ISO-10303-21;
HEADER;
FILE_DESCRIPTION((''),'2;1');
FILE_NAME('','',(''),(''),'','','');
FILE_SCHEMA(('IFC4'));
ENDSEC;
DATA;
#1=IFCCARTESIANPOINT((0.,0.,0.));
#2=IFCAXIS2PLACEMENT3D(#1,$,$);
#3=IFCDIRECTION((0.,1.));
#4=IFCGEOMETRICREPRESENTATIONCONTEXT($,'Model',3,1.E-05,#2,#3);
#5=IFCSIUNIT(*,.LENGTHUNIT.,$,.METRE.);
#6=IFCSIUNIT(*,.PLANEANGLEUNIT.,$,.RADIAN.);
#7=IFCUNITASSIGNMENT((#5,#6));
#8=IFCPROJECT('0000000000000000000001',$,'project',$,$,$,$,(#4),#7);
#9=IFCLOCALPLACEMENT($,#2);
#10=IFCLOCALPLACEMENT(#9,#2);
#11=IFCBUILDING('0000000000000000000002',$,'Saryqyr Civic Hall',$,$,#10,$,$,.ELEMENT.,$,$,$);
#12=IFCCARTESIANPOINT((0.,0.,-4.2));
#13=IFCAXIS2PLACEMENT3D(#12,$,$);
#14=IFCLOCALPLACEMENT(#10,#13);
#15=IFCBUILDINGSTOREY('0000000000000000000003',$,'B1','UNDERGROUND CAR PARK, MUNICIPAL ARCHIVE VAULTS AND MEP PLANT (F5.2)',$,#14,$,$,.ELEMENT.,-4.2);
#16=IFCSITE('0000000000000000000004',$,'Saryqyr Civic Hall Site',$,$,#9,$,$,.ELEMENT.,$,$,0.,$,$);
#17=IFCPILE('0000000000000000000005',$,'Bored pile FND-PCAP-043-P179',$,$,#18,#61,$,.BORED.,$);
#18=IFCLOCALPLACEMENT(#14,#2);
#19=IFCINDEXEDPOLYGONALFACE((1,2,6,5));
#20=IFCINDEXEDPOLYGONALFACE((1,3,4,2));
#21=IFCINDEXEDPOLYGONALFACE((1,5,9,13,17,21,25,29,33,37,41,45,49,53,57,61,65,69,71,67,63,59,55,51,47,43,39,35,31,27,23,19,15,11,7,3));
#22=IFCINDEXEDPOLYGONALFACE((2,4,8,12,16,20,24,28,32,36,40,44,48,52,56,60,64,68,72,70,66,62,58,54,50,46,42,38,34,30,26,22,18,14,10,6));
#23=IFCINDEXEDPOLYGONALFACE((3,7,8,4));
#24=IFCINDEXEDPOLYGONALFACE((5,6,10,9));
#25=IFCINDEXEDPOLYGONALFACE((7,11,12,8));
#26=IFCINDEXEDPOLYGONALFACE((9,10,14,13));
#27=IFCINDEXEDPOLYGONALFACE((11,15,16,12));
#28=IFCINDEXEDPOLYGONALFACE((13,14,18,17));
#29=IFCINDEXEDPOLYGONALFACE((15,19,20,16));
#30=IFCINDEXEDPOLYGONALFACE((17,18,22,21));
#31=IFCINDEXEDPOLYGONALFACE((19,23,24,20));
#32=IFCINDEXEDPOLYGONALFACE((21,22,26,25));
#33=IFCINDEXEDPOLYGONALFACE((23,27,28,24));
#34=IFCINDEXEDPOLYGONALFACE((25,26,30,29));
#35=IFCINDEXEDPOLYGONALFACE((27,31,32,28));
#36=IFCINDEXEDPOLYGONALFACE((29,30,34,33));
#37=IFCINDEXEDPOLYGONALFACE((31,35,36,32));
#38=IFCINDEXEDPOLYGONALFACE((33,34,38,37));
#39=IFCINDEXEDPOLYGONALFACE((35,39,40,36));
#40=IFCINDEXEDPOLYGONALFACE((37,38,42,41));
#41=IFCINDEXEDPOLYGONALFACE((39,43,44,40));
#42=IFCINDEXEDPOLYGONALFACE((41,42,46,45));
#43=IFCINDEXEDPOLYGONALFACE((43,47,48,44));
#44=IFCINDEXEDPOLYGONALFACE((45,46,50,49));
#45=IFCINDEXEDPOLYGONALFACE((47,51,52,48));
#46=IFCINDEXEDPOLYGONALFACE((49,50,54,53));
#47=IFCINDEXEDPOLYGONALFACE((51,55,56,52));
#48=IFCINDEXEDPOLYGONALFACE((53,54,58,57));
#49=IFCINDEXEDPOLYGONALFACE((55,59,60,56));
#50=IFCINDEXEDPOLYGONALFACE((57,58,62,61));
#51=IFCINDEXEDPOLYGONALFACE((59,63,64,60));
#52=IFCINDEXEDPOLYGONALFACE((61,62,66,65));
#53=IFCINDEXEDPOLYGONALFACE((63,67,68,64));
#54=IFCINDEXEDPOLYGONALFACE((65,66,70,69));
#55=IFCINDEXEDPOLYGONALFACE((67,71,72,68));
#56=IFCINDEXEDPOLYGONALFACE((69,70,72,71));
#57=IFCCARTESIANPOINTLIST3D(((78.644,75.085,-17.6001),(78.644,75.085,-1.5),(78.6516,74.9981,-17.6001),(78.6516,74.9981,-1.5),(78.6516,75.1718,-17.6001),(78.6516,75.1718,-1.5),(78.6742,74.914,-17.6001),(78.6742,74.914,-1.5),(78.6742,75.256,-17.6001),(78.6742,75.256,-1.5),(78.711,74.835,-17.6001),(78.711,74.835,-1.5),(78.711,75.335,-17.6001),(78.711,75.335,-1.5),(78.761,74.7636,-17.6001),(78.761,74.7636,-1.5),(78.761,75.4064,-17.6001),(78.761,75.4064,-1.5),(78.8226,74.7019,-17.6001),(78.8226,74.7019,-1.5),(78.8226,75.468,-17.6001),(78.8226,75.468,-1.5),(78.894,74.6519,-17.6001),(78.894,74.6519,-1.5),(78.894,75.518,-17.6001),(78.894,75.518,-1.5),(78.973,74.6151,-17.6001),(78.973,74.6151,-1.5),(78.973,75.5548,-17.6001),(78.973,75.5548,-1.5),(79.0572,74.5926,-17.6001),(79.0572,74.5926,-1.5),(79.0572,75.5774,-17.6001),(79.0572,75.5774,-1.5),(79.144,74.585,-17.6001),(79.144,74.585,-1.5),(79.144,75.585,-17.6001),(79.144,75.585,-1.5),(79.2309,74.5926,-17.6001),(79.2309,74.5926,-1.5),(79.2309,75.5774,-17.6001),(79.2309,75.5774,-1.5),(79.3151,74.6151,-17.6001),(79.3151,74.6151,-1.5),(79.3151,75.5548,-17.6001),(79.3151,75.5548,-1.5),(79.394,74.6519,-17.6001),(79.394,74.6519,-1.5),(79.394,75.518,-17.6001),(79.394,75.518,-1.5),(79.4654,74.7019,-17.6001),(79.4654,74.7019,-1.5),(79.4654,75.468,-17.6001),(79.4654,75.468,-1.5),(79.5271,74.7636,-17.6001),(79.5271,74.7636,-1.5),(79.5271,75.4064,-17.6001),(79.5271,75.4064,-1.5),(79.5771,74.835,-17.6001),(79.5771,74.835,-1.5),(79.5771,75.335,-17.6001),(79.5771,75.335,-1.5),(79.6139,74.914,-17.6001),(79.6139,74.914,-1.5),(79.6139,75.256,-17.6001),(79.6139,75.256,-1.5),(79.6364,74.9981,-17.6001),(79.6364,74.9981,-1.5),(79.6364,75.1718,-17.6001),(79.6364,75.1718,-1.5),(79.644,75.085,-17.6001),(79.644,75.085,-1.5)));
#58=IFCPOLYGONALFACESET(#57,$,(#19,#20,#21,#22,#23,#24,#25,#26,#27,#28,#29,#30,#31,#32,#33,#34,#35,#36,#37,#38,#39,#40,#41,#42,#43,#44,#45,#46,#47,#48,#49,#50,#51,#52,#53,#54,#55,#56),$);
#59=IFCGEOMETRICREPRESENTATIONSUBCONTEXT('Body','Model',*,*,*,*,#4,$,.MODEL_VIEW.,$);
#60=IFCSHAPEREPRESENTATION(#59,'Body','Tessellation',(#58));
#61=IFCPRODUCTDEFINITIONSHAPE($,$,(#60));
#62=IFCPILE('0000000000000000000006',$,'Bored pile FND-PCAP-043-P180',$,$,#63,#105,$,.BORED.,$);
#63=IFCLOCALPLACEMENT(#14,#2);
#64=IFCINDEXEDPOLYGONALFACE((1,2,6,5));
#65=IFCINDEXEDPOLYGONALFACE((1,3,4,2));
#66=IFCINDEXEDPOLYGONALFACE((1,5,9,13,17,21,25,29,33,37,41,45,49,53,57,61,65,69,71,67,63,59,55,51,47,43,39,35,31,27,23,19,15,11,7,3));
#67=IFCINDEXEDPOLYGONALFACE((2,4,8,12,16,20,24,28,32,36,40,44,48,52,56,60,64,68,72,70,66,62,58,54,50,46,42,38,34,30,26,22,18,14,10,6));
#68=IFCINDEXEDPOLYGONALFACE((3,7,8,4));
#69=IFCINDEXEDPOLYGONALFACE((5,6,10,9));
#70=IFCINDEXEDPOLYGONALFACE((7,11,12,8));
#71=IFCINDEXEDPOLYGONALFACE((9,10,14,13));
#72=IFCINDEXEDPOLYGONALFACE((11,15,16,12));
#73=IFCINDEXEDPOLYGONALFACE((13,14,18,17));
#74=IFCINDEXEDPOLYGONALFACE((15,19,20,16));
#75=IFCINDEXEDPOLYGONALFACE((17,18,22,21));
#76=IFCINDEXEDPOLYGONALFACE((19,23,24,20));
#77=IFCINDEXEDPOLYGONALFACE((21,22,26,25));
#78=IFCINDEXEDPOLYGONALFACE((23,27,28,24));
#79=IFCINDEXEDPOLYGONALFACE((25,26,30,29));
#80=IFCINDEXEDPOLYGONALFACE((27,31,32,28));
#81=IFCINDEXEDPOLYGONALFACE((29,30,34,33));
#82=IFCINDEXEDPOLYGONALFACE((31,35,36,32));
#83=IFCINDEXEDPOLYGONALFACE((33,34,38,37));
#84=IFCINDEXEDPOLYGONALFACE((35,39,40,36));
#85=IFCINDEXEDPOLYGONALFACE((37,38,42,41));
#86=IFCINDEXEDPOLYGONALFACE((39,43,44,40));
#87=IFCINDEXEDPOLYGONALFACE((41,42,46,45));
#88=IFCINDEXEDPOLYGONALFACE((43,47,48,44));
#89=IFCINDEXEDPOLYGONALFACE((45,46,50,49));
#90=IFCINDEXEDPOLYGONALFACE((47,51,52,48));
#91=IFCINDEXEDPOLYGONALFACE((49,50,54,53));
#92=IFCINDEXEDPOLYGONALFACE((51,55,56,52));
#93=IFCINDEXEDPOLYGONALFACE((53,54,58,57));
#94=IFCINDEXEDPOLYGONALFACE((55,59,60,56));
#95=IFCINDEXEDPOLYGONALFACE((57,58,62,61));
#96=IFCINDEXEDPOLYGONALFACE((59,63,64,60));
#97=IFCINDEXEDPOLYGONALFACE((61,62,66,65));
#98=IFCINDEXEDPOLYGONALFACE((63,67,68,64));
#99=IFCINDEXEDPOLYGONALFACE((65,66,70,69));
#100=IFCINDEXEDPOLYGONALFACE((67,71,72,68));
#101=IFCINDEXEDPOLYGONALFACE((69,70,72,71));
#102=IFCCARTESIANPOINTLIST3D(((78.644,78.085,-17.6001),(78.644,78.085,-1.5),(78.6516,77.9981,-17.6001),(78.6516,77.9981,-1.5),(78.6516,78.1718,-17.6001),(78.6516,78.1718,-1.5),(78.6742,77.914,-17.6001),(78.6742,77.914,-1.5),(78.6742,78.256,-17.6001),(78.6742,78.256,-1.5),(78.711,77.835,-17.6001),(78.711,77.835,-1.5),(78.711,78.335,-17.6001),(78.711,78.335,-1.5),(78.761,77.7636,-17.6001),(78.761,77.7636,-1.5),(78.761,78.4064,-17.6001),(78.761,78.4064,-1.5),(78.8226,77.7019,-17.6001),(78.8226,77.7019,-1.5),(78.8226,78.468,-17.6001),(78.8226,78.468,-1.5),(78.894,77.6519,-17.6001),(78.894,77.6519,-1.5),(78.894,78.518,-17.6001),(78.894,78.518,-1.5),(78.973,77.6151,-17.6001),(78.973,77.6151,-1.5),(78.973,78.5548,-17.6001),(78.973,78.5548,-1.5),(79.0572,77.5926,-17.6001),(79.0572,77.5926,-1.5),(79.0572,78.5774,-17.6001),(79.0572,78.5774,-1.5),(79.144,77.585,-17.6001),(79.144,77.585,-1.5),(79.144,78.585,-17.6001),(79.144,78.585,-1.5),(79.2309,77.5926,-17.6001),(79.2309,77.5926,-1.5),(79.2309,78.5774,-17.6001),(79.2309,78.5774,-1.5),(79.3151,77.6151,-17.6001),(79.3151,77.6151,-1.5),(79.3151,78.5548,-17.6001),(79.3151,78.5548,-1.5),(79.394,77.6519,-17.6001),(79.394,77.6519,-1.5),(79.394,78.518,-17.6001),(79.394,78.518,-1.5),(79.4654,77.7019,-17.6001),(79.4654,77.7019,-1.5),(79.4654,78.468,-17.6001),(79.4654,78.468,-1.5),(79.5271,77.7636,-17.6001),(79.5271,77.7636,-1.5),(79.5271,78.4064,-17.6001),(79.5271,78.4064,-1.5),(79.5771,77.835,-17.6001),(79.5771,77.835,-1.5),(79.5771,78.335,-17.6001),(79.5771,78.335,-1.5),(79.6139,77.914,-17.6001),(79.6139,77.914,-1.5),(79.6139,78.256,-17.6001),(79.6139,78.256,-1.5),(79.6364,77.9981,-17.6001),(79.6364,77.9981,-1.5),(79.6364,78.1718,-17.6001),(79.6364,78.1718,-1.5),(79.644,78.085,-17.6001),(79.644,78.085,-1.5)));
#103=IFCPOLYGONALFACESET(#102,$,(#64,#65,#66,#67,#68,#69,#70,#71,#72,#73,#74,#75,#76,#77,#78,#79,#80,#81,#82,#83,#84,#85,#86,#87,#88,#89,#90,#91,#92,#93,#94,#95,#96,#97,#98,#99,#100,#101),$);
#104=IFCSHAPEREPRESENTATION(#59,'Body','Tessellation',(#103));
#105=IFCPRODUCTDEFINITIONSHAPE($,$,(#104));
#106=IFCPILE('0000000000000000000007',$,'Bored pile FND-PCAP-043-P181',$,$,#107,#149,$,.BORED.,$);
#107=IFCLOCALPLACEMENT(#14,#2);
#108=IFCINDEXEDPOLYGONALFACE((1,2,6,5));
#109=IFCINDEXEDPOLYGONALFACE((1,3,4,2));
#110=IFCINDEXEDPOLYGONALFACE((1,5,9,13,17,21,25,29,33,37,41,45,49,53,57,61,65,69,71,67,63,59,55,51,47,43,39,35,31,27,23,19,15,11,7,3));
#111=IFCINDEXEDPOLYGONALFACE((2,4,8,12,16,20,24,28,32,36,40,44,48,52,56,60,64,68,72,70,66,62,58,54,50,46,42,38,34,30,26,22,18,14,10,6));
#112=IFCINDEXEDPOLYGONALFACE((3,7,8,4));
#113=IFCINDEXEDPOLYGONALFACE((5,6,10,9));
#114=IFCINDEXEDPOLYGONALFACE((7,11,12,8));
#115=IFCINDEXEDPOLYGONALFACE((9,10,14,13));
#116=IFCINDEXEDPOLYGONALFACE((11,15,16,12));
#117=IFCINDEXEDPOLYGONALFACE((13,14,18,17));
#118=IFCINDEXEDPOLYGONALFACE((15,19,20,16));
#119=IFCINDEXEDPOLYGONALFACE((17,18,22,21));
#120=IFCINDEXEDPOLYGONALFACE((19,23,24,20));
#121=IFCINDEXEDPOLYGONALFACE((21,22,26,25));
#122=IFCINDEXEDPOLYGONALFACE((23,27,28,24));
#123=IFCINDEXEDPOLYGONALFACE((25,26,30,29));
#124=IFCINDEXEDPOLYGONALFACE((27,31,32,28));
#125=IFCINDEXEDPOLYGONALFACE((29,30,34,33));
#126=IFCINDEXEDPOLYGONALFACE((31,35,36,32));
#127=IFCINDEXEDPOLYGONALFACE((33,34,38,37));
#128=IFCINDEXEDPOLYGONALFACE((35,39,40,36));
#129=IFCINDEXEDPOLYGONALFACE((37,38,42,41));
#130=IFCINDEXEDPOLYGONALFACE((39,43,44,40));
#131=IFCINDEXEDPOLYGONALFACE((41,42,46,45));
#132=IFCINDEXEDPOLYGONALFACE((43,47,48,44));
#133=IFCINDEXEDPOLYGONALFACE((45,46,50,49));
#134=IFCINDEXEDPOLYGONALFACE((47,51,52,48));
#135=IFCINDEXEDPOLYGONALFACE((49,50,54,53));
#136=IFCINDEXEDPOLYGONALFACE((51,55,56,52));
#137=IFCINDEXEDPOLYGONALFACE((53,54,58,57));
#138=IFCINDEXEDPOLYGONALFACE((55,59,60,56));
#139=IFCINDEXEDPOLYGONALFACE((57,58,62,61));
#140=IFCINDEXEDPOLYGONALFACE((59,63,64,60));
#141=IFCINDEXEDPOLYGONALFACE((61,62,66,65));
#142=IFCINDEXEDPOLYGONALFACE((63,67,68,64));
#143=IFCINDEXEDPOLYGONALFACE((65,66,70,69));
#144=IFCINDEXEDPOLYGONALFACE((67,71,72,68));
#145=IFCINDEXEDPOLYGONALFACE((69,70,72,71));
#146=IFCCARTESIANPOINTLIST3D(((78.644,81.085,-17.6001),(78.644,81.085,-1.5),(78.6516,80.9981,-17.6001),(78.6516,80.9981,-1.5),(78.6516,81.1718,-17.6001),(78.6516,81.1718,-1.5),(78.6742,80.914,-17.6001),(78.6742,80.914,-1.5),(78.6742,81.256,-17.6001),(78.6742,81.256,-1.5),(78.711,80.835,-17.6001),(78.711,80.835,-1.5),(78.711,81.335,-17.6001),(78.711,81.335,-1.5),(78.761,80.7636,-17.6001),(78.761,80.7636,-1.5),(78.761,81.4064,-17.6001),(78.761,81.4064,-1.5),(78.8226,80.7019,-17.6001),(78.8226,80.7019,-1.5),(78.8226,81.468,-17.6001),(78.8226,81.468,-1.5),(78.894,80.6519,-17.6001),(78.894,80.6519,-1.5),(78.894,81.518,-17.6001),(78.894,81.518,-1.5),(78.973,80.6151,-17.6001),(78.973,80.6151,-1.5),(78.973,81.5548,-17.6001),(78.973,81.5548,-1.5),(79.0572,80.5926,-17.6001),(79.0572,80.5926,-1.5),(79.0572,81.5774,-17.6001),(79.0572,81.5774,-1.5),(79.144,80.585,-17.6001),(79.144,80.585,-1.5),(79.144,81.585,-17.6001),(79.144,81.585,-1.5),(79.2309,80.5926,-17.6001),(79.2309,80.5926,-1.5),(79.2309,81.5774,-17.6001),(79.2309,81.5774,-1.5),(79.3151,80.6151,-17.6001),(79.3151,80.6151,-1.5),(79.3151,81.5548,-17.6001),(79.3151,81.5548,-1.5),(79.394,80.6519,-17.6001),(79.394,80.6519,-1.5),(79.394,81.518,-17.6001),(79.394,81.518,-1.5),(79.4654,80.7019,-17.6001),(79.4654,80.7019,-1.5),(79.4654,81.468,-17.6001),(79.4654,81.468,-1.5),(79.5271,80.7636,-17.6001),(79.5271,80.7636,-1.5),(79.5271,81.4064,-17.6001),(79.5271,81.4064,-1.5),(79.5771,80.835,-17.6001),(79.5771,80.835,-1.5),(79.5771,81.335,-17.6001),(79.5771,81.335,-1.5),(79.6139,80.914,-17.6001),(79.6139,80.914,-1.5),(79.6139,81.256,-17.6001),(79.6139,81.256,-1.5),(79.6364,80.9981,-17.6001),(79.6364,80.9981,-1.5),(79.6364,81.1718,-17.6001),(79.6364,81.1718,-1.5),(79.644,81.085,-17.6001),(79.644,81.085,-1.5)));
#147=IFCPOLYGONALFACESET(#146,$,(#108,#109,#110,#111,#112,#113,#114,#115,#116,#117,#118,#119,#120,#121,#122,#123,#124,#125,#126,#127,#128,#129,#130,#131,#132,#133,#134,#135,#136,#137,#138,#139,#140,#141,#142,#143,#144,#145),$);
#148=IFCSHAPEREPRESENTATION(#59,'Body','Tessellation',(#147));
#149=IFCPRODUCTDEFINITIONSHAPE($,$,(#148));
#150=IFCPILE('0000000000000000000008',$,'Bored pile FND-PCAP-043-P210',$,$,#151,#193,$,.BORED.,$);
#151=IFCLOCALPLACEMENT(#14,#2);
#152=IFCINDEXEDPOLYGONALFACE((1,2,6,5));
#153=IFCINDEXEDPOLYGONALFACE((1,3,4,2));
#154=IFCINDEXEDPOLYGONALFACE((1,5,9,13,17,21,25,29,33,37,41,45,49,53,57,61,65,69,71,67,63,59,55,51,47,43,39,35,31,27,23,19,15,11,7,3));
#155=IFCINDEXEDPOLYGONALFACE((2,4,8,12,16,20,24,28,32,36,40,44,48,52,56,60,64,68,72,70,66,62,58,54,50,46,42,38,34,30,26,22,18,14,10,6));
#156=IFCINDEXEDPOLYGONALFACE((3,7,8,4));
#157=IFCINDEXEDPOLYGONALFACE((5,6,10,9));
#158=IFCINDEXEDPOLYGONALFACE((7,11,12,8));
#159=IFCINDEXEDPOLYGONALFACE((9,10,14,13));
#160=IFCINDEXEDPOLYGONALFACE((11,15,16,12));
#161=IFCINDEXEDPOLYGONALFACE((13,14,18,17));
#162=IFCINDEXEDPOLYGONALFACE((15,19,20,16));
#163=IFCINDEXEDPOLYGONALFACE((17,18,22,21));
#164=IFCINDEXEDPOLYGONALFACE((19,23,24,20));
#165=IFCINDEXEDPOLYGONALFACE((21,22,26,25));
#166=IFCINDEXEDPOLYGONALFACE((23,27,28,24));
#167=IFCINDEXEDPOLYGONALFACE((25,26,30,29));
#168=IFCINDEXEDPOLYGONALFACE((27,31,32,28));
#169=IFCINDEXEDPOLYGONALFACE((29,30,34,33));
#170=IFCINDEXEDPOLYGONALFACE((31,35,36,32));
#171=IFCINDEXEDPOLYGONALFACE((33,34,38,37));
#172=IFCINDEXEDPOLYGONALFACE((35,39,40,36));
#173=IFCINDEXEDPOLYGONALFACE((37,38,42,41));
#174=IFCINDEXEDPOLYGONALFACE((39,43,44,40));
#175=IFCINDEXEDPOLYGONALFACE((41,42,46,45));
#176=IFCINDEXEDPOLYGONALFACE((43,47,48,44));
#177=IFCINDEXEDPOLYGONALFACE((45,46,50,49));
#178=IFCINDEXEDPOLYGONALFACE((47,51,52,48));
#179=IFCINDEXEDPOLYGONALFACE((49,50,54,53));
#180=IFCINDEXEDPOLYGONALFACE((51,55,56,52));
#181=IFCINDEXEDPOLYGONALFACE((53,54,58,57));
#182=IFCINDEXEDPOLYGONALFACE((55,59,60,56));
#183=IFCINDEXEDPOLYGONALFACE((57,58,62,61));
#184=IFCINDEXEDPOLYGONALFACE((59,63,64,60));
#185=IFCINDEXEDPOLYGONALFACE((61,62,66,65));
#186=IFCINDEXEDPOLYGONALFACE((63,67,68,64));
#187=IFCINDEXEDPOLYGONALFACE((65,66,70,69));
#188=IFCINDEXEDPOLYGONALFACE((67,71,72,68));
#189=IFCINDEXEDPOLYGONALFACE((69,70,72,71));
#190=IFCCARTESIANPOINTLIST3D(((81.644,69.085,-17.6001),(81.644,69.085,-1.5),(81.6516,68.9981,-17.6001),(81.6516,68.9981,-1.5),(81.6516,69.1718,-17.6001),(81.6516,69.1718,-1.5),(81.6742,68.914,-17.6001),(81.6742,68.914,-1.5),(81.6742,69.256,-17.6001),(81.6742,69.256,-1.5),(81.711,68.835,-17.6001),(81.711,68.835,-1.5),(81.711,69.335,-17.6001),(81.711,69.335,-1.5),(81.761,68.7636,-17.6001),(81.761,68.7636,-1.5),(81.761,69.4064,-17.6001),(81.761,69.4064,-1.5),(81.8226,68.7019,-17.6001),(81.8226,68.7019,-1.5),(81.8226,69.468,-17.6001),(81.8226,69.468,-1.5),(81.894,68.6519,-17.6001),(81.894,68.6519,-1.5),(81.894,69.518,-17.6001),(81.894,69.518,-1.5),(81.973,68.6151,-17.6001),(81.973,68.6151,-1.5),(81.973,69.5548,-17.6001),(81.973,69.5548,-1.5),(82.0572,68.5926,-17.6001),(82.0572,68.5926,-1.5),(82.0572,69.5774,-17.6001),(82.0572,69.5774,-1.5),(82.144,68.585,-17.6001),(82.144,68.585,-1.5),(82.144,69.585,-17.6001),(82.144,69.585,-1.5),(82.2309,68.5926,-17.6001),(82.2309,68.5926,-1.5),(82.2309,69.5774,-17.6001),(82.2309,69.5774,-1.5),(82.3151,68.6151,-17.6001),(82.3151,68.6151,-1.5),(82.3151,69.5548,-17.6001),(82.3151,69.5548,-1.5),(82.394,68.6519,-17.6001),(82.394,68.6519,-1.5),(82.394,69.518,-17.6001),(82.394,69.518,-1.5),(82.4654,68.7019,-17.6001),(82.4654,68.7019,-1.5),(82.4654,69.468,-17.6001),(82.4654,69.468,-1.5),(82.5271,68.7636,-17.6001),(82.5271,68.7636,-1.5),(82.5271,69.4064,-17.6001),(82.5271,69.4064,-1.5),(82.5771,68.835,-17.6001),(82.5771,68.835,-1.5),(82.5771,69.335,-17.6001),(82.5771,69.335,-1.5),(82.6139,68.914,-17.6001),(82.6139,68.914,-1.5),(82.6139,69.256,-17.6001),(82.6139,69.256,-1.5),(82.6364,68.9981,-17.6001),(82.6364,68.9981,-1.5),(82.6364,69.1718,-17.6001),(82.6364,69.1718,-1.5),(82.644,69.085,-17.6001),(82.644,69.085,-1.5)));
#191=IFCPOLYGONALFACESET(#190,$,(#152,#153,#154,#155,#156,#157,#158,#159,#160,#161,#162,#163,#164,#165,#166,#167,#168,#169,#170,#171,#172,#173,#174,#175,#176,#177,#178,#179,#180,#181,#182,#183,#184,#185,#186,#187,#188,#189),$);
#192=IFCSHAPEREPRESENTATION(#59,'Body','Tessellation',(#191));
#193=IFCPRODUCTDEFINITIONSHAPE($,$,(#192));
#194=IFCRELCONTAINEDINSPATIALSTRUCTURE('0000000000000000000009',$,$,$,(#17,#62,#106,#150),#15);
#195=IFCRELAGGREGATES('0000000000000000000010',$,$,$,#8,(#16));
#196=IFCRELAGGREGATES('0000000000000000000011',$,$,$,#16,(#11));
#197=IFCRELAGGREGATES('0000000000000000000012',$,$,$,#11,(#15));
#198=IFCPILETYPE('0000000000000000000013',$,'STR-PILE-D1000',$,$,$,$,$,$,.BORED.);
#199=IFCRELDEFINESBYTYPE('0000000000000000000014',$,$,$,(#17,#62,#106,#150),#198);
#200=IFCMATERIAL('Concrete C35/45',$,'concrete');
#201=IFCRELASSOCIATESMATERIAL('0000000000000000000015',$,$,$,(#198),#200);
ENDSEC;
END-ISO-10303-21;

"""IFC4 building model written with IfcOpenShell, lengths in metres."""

from ifc_helpers import new_model, si_unit, direction, frame, origin, origin_2d, place, context, subcontext, project, spatial, circle, extrude, material, material_profile, profile_set, type_object, element, save


model = new_model("IFC4")

# Units and contexts
model_context = context("Model", 3, precision=1e-05, world=origin(), true_north=direction((0.0, 1.0)))
body_context = subcontext(model_context, "Body", "Model", "MODEL_VIEW")
ifc_project = project(units=[si_unit("LENGTHUNIT", "METRE"), si_unit("PLANEANGLEUNIT", "RADIAN")], contexts=[model_context])

# Site, building, storey
site_placement = place(None, origin())
site = spatial("IfcSite", under=ifc_project, at=site_placement, Name="Saryqyr Civic Hall Site", CompositionType="ELEMENT", RefElevation=0.0)
building_placement = place(site_placement, origin())
building = spatial("IfcBuilding", under=site, at=building_placement, Name="Saryqyr Civic Hall", CompositionType="ELEMENT")
storey_placement = place(building_placement, frame((0.0, 0.0, -4.2)))
storey = spatial("IfcBuildingStorey", under=building, at=storey_placement, Name="B1", Description="UNDERGROUND CAR PARK, MUNICIPAL ARCHIVE VAULTS AND MEP PLANT (F5.2)", CompositionType="ELEMENT", Elevation=-4.2)

# Piles
ifc_material_1 = material(Name="Concrete C35/45", Category="concrete")
ifc_material_profile_1 = material_profile(ifc_material_1, circle(Radius=0.5, at=origin_2d()), Name="BORED PILE D1000")
ifc_profile_set_1 = profile_set([ifc_material_profile_1], Name="Concrete C35/45")
pile_type = type_object("IfcPileType", Name="STR-PILE-D1000", PredefinedType="BORED", material=ifc_profile_set_1)
for number, where, z_axis, x_axis, name in (
    (1, (79.144, 75.085, -1.5), (0.0, 0.0, -1.0), (1.0, 0.0, 0.0), "Bored pile FND-PCAP-043-P179"),
    (2, (79.144, 78.085, -1.5), (0.0, 0.0, -1.0), (1.0, 0.0, 0.0), "Bored pile FND-PCAP-043-P180"),
    (3, (79.144, 81.085, -1.5), (0.0, 0.0, -1.0), (1.0, 0.0, 0.0), "Bored pile FND-PCAP-043-P181"),
    (4, (82.144, 69.085, -1.5), (0.0, 0.0, -1.0), (1.0, 0.0, 0.0), "Bored pile FND-PCAP-043-P210"),
):
    element("IfcPile", number, at=place(storey_placement, frame(where, z_axis=z_axis, x_axis=x_axis)), inside=storey, type_object=pile_type, Name=name, PredefinedType="BORED", context=body_context, shape_type="SweptSolid", body=[
        extrude(circle(Radius=0.5, at=origin_2d()), origin(), (0.0, 0.0, 1.0), 16.1001),
    ])

save(model, "model.ifc")
